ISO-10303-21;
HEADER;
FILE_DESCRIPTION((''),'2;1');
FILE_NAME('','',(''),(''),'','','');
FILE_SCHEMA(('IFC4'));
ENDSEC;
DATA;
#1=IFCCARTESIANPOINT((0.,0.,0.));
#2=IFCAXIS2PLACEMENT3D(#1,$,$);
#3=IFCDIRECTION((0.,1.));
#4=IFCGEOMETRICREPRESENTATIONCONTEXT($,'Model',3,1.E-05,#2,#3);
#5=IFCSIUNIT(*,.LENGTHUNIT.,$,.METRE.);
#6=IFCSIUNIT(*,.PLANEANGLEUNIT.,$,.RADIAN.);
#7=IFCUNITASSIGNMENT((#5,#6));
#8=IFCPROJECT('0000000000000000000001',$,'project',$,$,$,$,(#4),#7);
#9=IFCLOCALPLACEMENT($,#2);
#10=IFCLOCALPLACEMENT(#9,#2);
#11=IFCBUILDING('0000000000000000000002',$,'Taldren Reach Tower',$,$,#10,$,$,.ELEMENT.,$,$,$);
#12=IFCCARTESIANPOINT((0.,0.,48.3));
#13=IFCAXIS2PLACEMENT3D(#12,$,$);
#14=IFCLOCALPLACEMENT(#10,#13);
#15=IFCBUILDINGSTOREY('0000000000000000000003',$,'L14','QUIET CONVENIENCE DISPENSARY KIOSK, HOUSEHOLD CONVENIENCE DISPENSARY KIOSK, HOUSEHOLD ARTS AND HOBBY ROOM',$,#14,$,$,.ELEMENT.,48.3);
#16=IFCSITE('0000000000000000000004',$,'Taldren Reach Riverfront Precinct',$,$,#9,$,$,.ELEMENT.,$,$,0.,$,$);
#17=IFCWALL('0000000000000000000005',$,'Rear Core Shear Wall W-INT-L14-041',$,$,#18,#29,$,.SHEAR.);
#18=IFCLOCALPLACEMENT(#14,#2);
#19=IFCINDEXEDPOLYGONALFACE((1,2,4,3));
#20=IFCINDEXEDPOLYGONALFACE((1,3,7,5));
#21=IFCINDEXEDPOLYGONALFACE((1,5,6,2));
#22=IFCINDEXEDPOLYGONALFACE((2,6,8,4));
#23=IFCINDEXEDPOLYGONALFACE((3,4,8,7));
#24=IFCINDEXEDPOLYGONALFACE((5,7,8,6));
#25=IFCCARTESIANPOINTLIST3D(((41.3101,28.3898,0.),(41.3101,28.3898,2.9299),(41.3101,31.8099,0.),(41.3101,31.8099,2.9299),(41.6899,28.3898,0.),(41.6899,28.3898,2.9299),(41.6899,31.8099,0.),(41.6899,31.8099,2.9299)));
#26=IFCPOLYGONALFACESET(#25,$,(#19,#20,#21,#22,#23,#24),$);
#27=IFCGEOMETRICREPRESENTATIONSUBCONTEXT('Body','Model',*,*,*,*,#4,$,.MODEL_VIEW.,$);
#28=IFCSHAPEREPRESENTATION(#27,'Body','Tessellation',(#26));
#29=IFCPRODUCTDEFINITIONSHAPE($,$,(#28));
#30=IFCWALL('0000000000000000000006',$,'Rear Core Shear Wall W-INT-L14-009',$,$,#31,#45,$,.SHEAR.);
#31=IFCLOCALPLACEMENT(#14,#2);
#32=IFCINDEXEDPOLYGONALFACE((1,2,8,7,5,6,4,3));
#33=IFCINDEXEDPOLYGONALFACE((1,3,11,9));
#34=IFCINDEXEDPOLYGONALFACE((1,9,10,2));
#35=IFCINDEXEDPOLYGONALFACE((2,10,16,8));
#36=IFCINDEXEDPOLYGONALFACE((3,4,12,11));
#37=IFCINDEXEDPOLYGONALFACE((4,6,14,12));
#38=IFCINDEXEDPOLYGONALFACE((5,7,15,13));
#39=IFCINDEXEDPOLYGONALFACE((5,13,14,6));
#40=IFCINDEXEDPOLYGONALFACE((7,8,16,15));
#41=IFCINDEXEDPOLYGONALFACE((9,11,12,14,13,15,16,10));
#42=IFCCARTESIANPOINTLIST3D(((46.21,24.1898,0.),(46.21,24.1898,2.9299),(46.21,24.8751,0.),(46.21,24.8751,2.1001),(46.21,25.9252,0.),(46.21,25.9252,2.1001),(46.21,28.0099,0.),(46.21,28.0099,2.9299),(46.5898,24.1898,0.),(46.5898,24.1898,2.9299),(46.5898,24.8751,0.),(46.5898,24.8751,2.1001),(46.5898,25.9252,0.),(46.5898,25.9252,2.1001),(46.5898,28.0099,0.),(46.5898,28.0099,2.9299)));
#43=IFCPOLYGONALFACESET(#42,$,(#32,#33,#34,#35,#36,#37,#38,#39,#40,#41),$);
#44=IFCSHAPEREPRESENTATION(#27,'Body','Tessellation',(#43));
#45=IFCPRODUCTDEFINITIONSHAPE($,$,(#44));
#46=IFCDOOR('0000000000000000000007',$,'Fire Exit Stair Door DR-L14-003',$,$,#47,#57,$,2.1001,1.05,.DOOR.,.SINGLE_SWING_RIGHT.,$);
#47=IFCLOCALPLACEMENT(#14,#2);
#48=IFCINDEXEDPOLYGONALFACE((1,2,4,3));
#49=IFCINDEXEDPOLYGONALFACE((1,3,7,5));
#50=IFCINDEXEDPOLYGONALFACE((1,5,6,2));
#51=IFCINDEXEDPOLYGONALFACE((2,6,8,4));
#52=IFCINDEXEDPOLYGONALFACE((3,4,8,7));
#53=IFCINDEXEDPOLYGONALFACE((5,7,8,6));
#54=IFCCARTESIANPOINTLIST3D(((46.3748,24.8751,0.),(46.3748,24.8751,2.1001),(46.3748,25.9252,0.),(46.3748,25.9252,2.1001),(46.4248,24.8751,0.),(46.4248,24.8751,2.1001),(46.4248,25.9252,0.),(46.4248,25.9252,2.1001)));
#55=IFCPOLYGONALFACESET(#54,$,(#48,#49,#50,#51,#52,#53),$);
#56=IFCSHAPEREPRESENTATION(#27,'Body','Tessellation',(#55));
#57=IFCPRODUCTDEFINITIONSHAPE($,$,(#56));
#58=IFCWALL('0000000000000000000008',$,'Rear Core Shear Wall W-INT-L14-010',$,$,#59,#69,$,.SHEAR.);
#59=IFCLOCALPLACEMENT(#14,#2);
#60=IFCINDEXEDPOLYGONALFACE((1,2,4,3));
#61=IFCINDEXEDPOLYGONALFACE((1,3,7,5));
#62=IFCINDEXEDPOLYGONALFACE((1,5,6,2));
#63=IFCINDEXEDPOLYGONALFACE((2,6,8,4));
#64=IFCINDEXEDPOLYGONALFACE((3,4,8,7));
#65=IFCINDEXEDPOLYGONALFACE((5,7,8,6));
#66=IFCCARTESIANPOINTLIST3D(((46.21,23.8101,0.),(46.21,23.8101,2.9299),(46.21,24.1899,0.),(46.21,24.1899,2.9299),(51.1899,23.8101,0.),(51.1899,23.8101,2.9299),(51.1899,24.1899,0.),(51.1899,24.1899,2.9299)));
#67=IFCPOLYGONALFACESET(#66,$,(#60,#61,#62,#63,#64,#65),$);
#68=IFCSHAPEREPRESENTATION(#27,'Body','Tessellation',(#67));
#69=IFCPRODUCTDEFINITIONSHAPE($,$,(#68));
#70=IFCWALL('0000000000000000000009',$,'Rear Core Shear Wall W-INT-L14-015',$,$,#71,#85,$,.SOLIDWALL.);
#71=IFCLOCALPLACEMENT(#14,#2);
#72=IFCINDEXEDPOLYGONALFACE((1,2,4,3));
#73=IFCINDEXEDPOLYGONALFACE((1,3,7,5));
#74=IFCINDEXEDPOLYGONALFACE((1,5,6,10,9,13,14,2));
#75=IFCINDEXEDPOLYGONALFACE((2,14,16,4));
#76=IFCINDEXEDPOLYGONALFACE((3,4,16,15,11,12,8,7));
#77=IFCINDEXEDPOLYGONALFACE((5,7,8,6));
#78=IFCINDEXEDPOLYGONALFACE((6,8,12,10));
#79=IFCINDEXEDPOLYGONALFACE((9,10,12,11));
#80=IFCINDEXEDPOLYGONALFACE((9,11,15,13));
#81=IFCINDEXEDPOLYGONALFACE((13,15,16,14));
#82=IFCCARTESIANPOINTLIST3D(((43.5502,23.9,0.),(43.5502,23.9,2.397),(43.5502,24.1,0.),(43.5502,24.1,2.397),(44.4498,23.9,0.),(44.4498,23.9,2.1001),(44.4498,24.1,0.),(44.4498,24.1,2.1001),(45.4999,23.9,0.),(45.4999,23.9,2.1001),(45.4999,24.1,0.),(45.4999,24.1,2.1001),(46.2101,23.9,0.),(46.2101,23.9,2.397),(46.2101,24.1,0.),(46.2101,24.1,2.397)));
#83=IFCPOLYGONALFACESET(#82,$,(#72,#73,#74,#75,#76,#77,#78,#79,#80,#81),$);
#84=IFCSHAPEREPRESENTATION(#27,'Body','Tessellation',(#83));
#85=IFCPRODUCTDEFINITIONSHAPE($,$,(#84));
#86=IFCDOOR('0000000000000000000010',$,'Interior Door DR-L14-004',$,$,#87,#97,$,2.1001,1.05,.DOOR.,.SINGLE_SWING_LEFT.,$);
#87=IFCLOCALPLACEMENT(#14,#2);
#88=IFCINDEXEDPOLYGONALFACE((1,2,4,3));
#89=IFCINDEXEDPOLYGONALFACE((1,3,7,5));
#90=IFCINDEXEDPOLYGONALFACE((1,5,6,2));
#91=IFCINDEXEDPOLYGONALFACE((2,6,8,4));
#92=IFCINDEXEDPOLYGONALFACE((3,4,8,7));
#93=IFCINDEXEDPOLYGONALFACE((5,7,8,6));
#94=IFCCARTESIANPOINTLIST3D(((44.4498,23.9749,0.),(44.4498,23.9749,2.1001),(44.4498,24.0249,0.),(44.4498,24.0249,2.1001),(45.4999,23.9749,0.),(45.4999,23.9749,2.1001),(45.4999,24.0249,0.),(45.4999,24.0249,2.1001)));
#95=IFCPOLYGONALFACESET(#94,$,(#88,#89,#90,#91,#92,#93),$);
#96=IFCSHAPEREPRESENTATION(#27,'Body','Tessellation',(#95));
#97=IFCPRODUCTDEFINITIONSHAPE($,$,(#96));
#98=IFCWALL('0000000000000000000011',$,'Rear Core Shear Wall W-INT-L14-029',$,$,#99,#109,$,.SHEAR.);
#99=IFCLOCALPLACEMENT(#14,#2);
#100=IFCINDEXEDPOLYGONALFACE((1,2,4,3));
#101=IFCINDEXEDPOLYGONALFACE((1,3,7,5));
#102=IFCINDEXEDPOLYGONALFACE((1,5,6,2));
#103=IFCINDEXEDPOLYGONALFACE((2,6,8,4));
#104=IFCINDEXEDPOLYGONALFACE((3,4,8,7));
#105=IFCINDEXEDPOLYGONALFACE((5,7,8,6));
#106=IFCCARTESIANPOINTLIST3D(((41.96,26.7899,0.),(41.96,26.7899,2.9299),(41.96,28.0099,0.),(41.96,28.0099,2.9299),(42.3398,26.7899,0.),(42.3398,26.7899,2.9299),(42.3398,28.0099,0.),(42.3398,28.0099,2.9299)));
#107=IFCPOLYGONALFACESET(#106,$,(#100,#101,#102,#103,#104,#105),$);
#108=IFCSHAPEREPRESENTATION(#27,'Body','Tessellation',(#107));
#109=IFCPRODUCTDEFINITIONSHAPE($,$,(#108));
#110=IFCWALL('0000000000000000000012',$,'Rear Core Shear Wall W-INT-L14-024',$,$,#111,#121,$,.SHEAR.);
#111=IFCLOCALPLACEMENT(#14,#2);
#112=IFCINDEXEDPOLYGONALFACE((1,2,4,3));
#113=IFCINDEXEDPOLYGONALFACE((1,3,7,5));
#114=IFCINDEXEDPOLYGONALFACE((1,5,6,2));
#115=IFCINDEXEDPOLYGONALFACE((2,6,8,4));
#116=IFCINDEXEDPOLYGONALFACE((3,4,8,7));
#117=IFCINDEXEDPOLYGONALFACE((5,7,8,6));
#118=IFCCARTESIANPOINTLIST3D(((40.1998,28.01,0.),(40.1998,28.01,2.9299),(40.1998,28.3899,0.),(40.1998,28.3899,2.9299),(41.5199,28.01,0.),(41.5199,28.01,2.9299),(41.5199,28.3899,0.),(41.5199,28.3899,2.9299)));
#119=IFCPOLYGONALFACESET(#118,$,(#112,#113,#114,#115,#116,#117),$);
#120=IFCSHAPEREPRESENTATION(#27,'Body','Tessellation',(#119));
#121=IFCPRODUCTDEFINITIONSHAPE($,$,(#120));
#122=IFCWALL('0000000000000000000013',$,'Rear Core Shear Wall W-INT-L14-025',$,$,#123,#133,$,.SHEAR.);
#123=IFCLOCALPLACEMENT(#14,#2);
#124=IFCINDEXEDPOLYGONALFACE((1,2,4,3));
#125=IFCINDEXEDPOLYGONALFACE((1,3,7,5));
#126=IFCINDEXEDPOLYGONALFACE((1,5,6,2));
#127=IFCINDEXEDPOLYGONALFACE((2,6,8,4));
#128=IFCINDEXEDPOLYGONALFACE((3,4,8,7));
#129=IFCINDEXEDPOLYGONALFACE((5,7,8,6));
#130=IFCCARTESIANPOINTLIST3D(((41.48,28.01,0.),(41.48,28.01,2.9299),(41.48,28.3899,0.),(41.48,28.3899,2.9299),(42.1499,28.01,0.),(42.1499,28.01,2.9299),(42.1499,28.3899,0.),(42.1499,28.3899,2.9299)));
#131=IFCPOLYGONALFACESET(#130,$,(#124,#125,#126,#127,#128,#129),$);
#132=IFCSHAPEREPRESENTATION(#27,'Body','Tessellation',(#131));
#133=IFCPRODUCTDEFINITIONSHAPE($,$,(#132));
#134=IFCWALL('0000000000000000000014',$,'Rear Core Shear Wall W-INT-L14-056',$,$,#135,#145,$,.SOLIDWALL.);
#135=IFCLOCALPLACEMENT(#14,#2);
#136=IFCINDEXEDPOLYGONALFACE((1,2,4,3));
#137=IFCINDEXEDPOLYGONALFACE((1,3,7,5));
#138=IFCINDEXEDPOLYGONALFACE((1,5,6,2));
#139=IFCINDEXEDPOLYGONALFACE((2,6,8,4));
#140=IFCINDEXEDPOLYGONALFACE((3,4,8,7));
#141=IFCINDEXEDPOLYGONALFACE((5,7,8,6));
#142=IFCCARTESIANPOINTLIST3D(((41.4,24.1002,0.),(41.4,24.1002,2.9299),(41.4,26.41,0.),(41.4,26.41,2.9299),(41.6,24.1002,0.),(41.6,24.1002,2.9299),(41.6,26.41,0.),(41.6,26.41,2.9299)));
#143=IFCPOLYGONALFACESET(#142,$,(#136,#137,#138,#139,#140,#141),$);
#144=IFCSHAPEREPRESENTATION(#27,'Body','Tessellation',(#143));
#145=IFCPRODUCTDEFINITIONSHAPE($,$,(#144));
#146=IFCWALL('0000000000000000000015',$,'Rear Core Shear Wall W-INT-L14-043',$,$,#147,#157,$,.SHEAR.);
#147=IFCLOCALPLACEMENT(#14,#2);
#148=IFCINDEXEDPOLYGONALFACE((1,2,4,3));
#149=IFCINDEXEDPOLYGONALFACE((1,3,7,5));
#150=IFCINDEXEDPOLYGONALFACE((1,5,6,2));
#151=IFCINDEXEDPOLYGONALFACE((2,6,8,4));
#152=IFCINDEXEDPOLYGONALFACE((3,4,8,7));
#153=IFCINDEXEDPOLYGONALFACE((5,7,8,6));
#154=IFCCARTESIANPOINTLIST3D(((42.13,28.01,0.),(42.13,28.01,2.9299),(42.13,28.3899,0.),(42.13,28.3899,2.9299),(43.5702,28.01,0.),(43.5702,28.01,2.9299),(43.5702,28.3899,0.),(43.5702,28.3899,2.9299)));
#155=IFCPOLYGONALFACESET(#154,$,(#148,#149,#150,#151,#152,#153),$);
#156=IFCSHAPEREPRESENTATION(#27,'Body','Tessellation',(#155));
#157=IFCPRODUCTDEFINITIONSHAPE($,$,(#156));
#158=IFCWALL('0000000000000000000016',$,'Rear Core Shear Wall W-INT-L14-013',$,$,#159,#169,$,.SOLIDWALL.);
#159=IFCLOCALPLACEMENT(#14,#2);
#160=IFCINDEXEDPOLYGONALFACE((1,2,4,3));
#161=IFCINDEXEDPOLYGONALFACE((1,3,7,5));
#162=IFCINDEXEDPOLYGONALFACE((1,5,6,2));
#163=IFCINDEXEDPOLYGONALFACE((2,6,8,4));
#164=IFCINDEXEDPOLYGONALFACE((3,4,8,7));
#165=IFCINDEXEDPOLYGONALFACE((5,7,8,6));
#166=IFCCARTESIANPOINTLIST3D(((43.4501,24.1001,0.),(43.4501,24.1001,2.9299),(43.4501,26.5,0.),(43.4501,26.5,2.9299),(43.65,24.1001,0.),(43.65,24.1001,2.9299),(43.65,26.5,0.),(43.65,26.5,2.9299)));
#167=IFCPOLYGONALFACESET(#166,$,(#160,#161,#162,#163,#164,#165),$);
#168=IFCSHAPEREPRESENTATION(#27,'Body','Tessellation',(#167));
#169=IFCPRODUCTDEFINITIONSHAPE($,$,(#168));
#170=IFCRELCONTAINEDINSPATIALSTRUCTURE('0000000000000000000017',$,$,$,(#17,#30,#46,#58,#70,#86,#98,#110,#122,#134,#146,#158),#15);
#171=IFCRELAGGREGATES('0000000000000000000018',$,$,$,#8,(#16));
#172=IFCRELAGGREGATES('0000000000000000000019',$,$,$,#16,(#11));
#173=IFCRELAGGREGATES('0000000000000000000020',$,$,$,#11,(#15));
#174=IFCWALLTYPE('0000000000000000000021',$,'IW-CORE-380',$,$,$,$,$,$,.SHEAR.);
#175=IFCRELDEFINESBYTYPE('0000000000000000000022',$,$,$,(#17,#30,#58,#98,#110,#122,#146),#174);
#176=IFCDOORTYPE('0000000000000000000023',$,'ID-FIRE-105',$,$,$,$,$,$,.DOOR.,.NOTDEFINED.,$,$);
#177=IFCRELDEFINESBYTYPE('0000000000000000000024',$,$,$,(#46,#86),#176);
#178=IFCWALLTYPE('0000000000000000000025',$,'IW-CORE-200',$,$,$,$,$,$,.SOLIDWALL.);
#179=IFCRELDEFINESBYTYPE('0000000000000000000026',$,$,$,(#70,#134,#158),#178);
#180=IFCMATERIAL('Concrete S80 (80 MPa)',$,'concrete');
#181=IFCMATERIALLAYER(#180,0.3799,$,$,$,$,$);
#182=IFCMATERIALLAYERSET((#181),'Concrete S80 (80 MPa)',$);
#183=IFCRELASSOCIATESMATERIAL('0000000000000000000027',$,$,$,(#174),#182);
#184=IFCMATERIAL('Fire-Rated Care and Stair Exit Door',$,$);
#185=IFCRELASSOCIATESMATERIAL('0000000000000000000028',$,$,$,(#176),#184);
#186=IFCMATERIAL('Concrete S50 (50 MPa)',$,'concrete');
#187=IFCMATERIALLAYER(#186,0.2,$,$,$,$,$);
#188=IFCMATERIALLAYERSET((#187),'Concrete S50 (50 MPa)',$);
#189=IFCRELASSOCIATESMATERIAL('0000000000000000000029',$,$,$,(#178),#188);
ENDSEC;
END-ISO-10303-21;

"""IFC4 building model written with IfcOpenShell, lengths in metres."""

from ifc_helpers import new_model, si_unit, direction, frame, frame_2d, origin, place, context, subcontext, project, spatial, rectangle, extrude, source, transform, mapped, material, layer, layer_set, type_object, element, fill, save


model = new_model("IFC4")

# Units and contexts
model_context = context("Model", 3, precision=1e-05, world=origin(), true_north=direction((0.0, 1.0)))
body_context = subcontext(model_context, "Body", "Model", "MODEL_VIEW")
ifc_project = project(units=[si_unit("LENGTHUNIT", "METRE"), si_unit("PLANEANGLEUNIT", "RADIAN")], contexts=[model_context])

# Site, building, storey
site_placement = place(None, origin())
site = spatial("IfcSite", under=ifc_project, at=site_placement, Name="Taldren Reach Riverfront Precinct", CompositionType="ELEMENT", RefElevation=0.0)
building_placement = place(site_placement, origin())
building = spatial("IfcBuilding", under=site, at=building_placement, Name="Taldren Reach Tower", CompositionType="ELEMENT")
storey_placement = place(building_placement, frame((0.0, 0.0, 48.3)))
storey = spatial("IfcBuildingStorey", under=building, at=storey_placement, Name="L14", Description="QUIET CONVENIENCE DISPENSARY KIOSK, HOUSEHOLD CONVENIENCE DISPENSARY KIOSK, HOUSEHOLD ARTS AND HOBBY ROOM", CompositionType="ELEMENT", Elevation=48.3)

# Wall
ifc_material_1 = material(Name="Concrete S80 (80 MPa)", Category="concrete")
ifc_layer_1 = layer(ifc_material_1, 0.3799)
ifc_layer_set_1 = layer_set([ifc_layer_1], Name="Concrete S80 (80 MPa)")
wall_type_1 = type_object("IfcWallType", Name="IW-CORE-380", PredefinedType="SHEAR", material=ifc_layer_set_1)
shared_shape_1 = source(origin(), body_context, "Body", "SweptSolid", [
    extrude(rectangle(XDim=3.4202, YDim=0.3799, at=frame_2d((1.71, 0.0))), origin(), (0.0, 0.0, 1.0), 2.9299),
])
wall_1_placement = place(storey_placement, frame((41.5, 28.3899, 0.0), z_axis=(0.0, 0.0, 1.0), x_axis=(0.0, 1.0, 0.0)))
element("IfcWall", 1, at=wall_1_placement, inside=storey, type_object=wall_type_1, Name="Rear Core Shear Wall W-INT-L14-041", PredefinedType="SHEAR", context=body_context, shape_type="MappedRepresentation", body=[
    mapped(shared_shape_1, transform((0.0, 0.0, 0.0), scale=1.0)),
])

# Wall, opening, door
shared_shape_2 = source(origin(), body_context, "Body", "SweptSolid", [
    extrude(rectangle(XDim=3.8201, YDim=0.3799, at=frame_2d((1.9102, 0.0))), origin(), (0.0, 0.0, 1.0), 2.9299),
])
wall_2_placement = place(storey_placement, frame((46.3999, 28.01, 0.0), z_axis=(0.0, 0.0, 1.0), x_axis=(0.0, -1.0, 0.0)))
wall_2 = element("IfcWall", 2, at=wall_2_placement, inside=storey, type_object=wall_type_1, Name="Rear Core Shear Wall W-INT-L14-009", PredefinedType="SHEAR", context=body_context, shape_type="MappedRepresentation", body=[
    mapped(shared_shape_2, transform((0.0, 0.0, 0.0), scale=1.0)),
])
shared_shape_3 = source(origin(), body_context, "Body", "SweptSolid", [
    extrude(rectangle(XDim=1.05, YDim=2.1001, at=frame_2d((0.5249, 1.05))), frame((0.0, 0.2, 0.0), z_axis=(0.0, -1.0, 0.0), x_axis=(1.0, 0.0, 0.0)), (0.0, 0.0, 1.0), 0.3999),
])
opening_1_placement = place(wall_2_placement, frame((2.085, 0.0, 0.0)))
opening_1 = element("IfcOpeningElement", 3, at=opening_1_placement, cuts=wall_2, PredefinedType="OPENING", context=body_context, shape_type="MappedRepresentation", body=[
    mapped(shared_shape_3, transform((0.0, 0.0, 0.0), scale=1.0)),
])
ifc_material_2 = material(Name="Fire-Rated Care and Stair Exit Door")
door_type_1 = type_object("IfcDoorType", Name="ID-FIRE-105", OperationType="NOTDEFINED", PredefinedType="DOOR", material=ifc_material_2)
shared_shape_4 = source(origin(), body_context, "Body", "SweptSolid", [
    extrude(rectangle(XDim=1.05, YDim=2.1001, at=frame_2d((0.5249, 1.05))), frame((0.0, 0.0249, 0.0), z_axis=(0.0, -1.0, 0.0), x_axis=(1.0, 0.0, 0.0)), (0.0, 0.0, 1.0), 0.05),
])
door_1_placement = place(opening_1_placement, origin())
door_1 = element("IfcDoor", 4, at=door_1_placement, inside=storey, type_object=door_type_1, Name="Fire Exit Stair Door DR-L14-003", OperationType="SINGLE_SWING_RIGHT", OverallHeight=2.1001, OverallWidth=1.05, PredefinedType="DOOR", context=body_context, shape_type="MappedRepresentation", body=[
    mapped(shared_shape_4, transform((0.0, 0.0, 0.0), scale=1.0)),
])
fill(opening_1, door_1)

# Wall
shared_shape_5 = source(origin(), body_context, "Body", "SweptSolid", [
    extrude(rectangle(XDim=4.98, YDim=0.3799, at=frame_2d((2.49, 0.0))), origin(), (0.0, 0.0, 1.0), 2.9299),
])
wall_3_placement = place(storey_placement, frame((46.21, 24.0, 0.0), z_axis=(0.0, 0.0, 1.0), x_axis=(1.0, 0.0, 0.0)))
element("IfcWall", 5, at=wall_3_placement, inside=storey, type_object=wall_type_1, Name="Rear Core Shear Wall W-INT-L14-010", PredefinedType="SHEAR", context=body_context, shape_type="MappedRepresentation", body=[
    mapped(shared_shape_5, transform((0.0, 0.0, 0.0), scale=1.0)),
])

# Wall, opening, door
ifc_material_3 = material(Name="Concrete S50 (50 MPa)", Category="concrete")
ifc_layer_2 = layer(ifc_material_3, 0.2)
ifc_layer_set_2 = layer_set([ifc_layer_2], Name="Concrete S50 (50 MPa)")
wall_type_2 = type_object("IfcWallType", Name="IW-CORE-200", PredefinedType="SOLIDWALL", material=ifc_layer_set_2)
shared_shape_6 = source(origin(), body_context, "Body", "SweptSolid", [
    extrude(rectangle(XDim=2.6599, YDim=0.2, at=frame_2d((1.3301, 0.0))), origin(), (0.0, 0.0, 1.0), 2.397),
])
wall_4_placement = place(storey_placement, frame((43.55, 24.0, 0.0), z_axis=(0.0, 0.0, 1.0), x_axis=(1.0, 0.0, 0.0)))
wall_4 = element("IfcWall", 6, at=wall_4_placement, inside=storey, type_object=wall_type_2, Name="Rear Core Shear Wall W-INT-L14-015", PredefinedType="SOLIDWALL", context=body_context, shape_type="MappedRepresentation", body=[
    mapped(shared_shape_6, transform((0.0, 0.0, 0.0), scale=1.0)),
])
shared_shape_7 = source(origin(), body_context, "Body", "SweptSolid", [
    extrude(rectangle(XDim=1.05, YDim=2.1001, at=frame_2d((0.5249, 1.05))), frame((0.0, 0.1099, 0.0), z_axis=(0.0, -1.0, 0.0), x_axis=(1.0, 0.0, 0.0)), (0.0, 0.0, 1.0), 0.22),
])
opening_2_placement = place(wall_4_placement, frame((0.8999, 0.0, 0.0)))
opening_2 = element("IfcOpeningElement", 7, at=opening_2_placement, cuts=wall_4, PredefinedType="OPENING", context=body_context, shape_type="MappedRepresentation", body=[
    mapped(shared_shape_7, transform((0.0, 0.0, 0.0), scale=1.0)),
])
door_2_placement = place(opening_2_placement, origin())
door_2 = element("IfcDoor", 8, at=door_2_placement, inside=storey, type_object=door_type_1, Name="Interior Door DR-L14-004", OperationType="SINGLE_SWING_LEFT", OverallHeight=2.1001, OverallWidth=1.05, PredefinedType="DOOR", context=body_context, shape_type="MappedRepresentation", body=[
    mapped(shared_shape_4, transform((0.0, 0.0, 0.0), scale=1.0)),
])
fill(opening_2, door_2)

# Walls
shared_shape_8 = source(origin(), body_context, "Body", "SweptSolid", [
    extrude(rectangle(XDim=1.22, YDim=0.3799, at=frame_2d((0.6099, 0.0))), origin(), (0.0, 0.0, 1.0), 2.9299),
])
wall_5_placement = place(storey_placement, frame((42.1499, 26.79, 0.0), z_axis=(0.0, 0.0, 1.0), x_axis=(0.0, 1.0, 0.0)))
element("IfcWall", 9, at=wall_5_placement, inside=storey, type_object=wall_type_1, Name="Rear Core Shear Wall W-INT-L14-029", PredefinedType="SHEAR", context=body_context, shape_type="MappedRepresentation", body=[
    mapped(shared_shape_8, transform((0.0, 0.0, 0.0), scale=1.0)),
])
shared_shape_9 = source(origin(), body_context, "Body", "SweptSolid", [
    extrude(rectangle(XDim=1.3201, YDim=0.3799, at=frame_2d((0.6602, 0.0))), origin(), (0.0, 0.0, 1.0), 2.9299),
])
wall_6_placement = place(storey_placement, frame((41.52, 28.2, 0.0), z_axis=(0.0, 0.0, 1.0), x_axis=(-1.0, 0.0, 0.0)))
element("IfcWall", 10, at=wall_6_placement, inside=storey, type_object=wall_type_1, Name="Rear Core Shear Wall W-INT-L14-024", PredefinedType="SHEAR", context=body_context, shape_type="MappedRepresentation", body=[
    mapped(shared_shape_9, transform((0.0, 0.0, 0.0), scale=1.0)),
])
shared_shape_10 = source(origin(), body_context, "Body", "SweptSolid", [
    extrude(rectangle(XDim=0.6699, YDim=0.3799, at=frame_2d((0.335, 0.0))), origin(), (0.0, 0.0, 1.0), 2.9299),
])
wall_7_placement = place(storey_placement, frame((42.1499, 28.2, 0.0), z_axis=(0.0, 0.0, 1.0), x_axis=(-1.0, 0.0, 0.0)))
element("IfcWall", 11, at=wall_7_placement, inside=storey, type_object=wall_type_1, Name="Rear Core Shear Wall W-INT-L14-025", PredefinedType="SHEAR", context=body_context, shape_type="MappedRepresentation", body=[
    mapped(shared_shape_10, transform((0.0, 0.0, 0.0), scale=1.0)),
])
shared_shape_11 = source(origin(), body_context, "Body", "SweptSolid", [
    extrude(rectangle(XDim=2.3098, YDim=0.2, at=frame_2d((1.1548, 0.0))), origin(), (0.0, 0.0, 1.0), 2.9299),
])
wall_8_placement = place(storey_placement, frame((41.5, 26.4099, 0.0), z_axis=(0.0, 0.0, 1.0), x_axis=(0.0, -1.0, 0.0)))
element("IfcWall", 12, at=wall_8_placement, inside=storey, type_object=wall_type_2, Name="Rear Core Shear Wall W-INT-L14-056", PredefinedType="SOLIDWALL", context=body_context, shape_type="MappedRepresentation", body=[
    mapped(shared_shape_11, transform((0.0, 0.0, 0.0), scale=1.0)),
])
shared_shape_12 = source(origin(), body_context, "Body", "SweptSolid", [
    extrude(rectangle(XDim=1.4402, YDim=0.3799, at=frame_2d((0.7202, 0.0))), origin(), (0.0, 0.0, 1.0), 2.9299),
])
wall_9_placement = place(storey_placement, frame((42.1299, 28.2, 0.0), z_axis=(0.0, 0.0, 1.0), x_axis=(1.0, 0.0, 0.0)))
element("IfcWall", 13, at=wall_9_placement, inside=storey, type_object=wall_type_1, Name="Rear Core Shear Wall W-INT-L14-043", PredefinedType="SHEAR", context=body_context, shape_type="MappedRepresentation", body=[
    mapped(shared_shape_12, transform((0.0, 0.0, 0.0), scale=1.0)),
])
shared_shape_13 = source(origin(), body_context, "Body", "SweptSolid", [
    extrude(rectangle(XDim=2.3999, YDim=0.2, at=frame_2d((1.2, 0.0))), origin(), (0.0, 0.0, 1.0), 2.9299),
])
wall_10_placement = place(storey_placement, frame((43.55, 26.5, 0.0), z_axis=(0.0, 0.0, 1.0), x_axis=(0.0, -1.0, 0.0)))
element("IfcWall", 14, at=wall_10_placement, inside=storey, type_object=wall_type_2, Name="Rear Core Shear Wall W-INT-L14-013", PredefinedType="SOLIDWALL", context=body_context, shape_type="MappedRepresentation", body=[
    mapped(shared_shape_13, transform((0.0, 0.0, 0.0), scale=1.0)),
])

save(model, "model.ifc")
